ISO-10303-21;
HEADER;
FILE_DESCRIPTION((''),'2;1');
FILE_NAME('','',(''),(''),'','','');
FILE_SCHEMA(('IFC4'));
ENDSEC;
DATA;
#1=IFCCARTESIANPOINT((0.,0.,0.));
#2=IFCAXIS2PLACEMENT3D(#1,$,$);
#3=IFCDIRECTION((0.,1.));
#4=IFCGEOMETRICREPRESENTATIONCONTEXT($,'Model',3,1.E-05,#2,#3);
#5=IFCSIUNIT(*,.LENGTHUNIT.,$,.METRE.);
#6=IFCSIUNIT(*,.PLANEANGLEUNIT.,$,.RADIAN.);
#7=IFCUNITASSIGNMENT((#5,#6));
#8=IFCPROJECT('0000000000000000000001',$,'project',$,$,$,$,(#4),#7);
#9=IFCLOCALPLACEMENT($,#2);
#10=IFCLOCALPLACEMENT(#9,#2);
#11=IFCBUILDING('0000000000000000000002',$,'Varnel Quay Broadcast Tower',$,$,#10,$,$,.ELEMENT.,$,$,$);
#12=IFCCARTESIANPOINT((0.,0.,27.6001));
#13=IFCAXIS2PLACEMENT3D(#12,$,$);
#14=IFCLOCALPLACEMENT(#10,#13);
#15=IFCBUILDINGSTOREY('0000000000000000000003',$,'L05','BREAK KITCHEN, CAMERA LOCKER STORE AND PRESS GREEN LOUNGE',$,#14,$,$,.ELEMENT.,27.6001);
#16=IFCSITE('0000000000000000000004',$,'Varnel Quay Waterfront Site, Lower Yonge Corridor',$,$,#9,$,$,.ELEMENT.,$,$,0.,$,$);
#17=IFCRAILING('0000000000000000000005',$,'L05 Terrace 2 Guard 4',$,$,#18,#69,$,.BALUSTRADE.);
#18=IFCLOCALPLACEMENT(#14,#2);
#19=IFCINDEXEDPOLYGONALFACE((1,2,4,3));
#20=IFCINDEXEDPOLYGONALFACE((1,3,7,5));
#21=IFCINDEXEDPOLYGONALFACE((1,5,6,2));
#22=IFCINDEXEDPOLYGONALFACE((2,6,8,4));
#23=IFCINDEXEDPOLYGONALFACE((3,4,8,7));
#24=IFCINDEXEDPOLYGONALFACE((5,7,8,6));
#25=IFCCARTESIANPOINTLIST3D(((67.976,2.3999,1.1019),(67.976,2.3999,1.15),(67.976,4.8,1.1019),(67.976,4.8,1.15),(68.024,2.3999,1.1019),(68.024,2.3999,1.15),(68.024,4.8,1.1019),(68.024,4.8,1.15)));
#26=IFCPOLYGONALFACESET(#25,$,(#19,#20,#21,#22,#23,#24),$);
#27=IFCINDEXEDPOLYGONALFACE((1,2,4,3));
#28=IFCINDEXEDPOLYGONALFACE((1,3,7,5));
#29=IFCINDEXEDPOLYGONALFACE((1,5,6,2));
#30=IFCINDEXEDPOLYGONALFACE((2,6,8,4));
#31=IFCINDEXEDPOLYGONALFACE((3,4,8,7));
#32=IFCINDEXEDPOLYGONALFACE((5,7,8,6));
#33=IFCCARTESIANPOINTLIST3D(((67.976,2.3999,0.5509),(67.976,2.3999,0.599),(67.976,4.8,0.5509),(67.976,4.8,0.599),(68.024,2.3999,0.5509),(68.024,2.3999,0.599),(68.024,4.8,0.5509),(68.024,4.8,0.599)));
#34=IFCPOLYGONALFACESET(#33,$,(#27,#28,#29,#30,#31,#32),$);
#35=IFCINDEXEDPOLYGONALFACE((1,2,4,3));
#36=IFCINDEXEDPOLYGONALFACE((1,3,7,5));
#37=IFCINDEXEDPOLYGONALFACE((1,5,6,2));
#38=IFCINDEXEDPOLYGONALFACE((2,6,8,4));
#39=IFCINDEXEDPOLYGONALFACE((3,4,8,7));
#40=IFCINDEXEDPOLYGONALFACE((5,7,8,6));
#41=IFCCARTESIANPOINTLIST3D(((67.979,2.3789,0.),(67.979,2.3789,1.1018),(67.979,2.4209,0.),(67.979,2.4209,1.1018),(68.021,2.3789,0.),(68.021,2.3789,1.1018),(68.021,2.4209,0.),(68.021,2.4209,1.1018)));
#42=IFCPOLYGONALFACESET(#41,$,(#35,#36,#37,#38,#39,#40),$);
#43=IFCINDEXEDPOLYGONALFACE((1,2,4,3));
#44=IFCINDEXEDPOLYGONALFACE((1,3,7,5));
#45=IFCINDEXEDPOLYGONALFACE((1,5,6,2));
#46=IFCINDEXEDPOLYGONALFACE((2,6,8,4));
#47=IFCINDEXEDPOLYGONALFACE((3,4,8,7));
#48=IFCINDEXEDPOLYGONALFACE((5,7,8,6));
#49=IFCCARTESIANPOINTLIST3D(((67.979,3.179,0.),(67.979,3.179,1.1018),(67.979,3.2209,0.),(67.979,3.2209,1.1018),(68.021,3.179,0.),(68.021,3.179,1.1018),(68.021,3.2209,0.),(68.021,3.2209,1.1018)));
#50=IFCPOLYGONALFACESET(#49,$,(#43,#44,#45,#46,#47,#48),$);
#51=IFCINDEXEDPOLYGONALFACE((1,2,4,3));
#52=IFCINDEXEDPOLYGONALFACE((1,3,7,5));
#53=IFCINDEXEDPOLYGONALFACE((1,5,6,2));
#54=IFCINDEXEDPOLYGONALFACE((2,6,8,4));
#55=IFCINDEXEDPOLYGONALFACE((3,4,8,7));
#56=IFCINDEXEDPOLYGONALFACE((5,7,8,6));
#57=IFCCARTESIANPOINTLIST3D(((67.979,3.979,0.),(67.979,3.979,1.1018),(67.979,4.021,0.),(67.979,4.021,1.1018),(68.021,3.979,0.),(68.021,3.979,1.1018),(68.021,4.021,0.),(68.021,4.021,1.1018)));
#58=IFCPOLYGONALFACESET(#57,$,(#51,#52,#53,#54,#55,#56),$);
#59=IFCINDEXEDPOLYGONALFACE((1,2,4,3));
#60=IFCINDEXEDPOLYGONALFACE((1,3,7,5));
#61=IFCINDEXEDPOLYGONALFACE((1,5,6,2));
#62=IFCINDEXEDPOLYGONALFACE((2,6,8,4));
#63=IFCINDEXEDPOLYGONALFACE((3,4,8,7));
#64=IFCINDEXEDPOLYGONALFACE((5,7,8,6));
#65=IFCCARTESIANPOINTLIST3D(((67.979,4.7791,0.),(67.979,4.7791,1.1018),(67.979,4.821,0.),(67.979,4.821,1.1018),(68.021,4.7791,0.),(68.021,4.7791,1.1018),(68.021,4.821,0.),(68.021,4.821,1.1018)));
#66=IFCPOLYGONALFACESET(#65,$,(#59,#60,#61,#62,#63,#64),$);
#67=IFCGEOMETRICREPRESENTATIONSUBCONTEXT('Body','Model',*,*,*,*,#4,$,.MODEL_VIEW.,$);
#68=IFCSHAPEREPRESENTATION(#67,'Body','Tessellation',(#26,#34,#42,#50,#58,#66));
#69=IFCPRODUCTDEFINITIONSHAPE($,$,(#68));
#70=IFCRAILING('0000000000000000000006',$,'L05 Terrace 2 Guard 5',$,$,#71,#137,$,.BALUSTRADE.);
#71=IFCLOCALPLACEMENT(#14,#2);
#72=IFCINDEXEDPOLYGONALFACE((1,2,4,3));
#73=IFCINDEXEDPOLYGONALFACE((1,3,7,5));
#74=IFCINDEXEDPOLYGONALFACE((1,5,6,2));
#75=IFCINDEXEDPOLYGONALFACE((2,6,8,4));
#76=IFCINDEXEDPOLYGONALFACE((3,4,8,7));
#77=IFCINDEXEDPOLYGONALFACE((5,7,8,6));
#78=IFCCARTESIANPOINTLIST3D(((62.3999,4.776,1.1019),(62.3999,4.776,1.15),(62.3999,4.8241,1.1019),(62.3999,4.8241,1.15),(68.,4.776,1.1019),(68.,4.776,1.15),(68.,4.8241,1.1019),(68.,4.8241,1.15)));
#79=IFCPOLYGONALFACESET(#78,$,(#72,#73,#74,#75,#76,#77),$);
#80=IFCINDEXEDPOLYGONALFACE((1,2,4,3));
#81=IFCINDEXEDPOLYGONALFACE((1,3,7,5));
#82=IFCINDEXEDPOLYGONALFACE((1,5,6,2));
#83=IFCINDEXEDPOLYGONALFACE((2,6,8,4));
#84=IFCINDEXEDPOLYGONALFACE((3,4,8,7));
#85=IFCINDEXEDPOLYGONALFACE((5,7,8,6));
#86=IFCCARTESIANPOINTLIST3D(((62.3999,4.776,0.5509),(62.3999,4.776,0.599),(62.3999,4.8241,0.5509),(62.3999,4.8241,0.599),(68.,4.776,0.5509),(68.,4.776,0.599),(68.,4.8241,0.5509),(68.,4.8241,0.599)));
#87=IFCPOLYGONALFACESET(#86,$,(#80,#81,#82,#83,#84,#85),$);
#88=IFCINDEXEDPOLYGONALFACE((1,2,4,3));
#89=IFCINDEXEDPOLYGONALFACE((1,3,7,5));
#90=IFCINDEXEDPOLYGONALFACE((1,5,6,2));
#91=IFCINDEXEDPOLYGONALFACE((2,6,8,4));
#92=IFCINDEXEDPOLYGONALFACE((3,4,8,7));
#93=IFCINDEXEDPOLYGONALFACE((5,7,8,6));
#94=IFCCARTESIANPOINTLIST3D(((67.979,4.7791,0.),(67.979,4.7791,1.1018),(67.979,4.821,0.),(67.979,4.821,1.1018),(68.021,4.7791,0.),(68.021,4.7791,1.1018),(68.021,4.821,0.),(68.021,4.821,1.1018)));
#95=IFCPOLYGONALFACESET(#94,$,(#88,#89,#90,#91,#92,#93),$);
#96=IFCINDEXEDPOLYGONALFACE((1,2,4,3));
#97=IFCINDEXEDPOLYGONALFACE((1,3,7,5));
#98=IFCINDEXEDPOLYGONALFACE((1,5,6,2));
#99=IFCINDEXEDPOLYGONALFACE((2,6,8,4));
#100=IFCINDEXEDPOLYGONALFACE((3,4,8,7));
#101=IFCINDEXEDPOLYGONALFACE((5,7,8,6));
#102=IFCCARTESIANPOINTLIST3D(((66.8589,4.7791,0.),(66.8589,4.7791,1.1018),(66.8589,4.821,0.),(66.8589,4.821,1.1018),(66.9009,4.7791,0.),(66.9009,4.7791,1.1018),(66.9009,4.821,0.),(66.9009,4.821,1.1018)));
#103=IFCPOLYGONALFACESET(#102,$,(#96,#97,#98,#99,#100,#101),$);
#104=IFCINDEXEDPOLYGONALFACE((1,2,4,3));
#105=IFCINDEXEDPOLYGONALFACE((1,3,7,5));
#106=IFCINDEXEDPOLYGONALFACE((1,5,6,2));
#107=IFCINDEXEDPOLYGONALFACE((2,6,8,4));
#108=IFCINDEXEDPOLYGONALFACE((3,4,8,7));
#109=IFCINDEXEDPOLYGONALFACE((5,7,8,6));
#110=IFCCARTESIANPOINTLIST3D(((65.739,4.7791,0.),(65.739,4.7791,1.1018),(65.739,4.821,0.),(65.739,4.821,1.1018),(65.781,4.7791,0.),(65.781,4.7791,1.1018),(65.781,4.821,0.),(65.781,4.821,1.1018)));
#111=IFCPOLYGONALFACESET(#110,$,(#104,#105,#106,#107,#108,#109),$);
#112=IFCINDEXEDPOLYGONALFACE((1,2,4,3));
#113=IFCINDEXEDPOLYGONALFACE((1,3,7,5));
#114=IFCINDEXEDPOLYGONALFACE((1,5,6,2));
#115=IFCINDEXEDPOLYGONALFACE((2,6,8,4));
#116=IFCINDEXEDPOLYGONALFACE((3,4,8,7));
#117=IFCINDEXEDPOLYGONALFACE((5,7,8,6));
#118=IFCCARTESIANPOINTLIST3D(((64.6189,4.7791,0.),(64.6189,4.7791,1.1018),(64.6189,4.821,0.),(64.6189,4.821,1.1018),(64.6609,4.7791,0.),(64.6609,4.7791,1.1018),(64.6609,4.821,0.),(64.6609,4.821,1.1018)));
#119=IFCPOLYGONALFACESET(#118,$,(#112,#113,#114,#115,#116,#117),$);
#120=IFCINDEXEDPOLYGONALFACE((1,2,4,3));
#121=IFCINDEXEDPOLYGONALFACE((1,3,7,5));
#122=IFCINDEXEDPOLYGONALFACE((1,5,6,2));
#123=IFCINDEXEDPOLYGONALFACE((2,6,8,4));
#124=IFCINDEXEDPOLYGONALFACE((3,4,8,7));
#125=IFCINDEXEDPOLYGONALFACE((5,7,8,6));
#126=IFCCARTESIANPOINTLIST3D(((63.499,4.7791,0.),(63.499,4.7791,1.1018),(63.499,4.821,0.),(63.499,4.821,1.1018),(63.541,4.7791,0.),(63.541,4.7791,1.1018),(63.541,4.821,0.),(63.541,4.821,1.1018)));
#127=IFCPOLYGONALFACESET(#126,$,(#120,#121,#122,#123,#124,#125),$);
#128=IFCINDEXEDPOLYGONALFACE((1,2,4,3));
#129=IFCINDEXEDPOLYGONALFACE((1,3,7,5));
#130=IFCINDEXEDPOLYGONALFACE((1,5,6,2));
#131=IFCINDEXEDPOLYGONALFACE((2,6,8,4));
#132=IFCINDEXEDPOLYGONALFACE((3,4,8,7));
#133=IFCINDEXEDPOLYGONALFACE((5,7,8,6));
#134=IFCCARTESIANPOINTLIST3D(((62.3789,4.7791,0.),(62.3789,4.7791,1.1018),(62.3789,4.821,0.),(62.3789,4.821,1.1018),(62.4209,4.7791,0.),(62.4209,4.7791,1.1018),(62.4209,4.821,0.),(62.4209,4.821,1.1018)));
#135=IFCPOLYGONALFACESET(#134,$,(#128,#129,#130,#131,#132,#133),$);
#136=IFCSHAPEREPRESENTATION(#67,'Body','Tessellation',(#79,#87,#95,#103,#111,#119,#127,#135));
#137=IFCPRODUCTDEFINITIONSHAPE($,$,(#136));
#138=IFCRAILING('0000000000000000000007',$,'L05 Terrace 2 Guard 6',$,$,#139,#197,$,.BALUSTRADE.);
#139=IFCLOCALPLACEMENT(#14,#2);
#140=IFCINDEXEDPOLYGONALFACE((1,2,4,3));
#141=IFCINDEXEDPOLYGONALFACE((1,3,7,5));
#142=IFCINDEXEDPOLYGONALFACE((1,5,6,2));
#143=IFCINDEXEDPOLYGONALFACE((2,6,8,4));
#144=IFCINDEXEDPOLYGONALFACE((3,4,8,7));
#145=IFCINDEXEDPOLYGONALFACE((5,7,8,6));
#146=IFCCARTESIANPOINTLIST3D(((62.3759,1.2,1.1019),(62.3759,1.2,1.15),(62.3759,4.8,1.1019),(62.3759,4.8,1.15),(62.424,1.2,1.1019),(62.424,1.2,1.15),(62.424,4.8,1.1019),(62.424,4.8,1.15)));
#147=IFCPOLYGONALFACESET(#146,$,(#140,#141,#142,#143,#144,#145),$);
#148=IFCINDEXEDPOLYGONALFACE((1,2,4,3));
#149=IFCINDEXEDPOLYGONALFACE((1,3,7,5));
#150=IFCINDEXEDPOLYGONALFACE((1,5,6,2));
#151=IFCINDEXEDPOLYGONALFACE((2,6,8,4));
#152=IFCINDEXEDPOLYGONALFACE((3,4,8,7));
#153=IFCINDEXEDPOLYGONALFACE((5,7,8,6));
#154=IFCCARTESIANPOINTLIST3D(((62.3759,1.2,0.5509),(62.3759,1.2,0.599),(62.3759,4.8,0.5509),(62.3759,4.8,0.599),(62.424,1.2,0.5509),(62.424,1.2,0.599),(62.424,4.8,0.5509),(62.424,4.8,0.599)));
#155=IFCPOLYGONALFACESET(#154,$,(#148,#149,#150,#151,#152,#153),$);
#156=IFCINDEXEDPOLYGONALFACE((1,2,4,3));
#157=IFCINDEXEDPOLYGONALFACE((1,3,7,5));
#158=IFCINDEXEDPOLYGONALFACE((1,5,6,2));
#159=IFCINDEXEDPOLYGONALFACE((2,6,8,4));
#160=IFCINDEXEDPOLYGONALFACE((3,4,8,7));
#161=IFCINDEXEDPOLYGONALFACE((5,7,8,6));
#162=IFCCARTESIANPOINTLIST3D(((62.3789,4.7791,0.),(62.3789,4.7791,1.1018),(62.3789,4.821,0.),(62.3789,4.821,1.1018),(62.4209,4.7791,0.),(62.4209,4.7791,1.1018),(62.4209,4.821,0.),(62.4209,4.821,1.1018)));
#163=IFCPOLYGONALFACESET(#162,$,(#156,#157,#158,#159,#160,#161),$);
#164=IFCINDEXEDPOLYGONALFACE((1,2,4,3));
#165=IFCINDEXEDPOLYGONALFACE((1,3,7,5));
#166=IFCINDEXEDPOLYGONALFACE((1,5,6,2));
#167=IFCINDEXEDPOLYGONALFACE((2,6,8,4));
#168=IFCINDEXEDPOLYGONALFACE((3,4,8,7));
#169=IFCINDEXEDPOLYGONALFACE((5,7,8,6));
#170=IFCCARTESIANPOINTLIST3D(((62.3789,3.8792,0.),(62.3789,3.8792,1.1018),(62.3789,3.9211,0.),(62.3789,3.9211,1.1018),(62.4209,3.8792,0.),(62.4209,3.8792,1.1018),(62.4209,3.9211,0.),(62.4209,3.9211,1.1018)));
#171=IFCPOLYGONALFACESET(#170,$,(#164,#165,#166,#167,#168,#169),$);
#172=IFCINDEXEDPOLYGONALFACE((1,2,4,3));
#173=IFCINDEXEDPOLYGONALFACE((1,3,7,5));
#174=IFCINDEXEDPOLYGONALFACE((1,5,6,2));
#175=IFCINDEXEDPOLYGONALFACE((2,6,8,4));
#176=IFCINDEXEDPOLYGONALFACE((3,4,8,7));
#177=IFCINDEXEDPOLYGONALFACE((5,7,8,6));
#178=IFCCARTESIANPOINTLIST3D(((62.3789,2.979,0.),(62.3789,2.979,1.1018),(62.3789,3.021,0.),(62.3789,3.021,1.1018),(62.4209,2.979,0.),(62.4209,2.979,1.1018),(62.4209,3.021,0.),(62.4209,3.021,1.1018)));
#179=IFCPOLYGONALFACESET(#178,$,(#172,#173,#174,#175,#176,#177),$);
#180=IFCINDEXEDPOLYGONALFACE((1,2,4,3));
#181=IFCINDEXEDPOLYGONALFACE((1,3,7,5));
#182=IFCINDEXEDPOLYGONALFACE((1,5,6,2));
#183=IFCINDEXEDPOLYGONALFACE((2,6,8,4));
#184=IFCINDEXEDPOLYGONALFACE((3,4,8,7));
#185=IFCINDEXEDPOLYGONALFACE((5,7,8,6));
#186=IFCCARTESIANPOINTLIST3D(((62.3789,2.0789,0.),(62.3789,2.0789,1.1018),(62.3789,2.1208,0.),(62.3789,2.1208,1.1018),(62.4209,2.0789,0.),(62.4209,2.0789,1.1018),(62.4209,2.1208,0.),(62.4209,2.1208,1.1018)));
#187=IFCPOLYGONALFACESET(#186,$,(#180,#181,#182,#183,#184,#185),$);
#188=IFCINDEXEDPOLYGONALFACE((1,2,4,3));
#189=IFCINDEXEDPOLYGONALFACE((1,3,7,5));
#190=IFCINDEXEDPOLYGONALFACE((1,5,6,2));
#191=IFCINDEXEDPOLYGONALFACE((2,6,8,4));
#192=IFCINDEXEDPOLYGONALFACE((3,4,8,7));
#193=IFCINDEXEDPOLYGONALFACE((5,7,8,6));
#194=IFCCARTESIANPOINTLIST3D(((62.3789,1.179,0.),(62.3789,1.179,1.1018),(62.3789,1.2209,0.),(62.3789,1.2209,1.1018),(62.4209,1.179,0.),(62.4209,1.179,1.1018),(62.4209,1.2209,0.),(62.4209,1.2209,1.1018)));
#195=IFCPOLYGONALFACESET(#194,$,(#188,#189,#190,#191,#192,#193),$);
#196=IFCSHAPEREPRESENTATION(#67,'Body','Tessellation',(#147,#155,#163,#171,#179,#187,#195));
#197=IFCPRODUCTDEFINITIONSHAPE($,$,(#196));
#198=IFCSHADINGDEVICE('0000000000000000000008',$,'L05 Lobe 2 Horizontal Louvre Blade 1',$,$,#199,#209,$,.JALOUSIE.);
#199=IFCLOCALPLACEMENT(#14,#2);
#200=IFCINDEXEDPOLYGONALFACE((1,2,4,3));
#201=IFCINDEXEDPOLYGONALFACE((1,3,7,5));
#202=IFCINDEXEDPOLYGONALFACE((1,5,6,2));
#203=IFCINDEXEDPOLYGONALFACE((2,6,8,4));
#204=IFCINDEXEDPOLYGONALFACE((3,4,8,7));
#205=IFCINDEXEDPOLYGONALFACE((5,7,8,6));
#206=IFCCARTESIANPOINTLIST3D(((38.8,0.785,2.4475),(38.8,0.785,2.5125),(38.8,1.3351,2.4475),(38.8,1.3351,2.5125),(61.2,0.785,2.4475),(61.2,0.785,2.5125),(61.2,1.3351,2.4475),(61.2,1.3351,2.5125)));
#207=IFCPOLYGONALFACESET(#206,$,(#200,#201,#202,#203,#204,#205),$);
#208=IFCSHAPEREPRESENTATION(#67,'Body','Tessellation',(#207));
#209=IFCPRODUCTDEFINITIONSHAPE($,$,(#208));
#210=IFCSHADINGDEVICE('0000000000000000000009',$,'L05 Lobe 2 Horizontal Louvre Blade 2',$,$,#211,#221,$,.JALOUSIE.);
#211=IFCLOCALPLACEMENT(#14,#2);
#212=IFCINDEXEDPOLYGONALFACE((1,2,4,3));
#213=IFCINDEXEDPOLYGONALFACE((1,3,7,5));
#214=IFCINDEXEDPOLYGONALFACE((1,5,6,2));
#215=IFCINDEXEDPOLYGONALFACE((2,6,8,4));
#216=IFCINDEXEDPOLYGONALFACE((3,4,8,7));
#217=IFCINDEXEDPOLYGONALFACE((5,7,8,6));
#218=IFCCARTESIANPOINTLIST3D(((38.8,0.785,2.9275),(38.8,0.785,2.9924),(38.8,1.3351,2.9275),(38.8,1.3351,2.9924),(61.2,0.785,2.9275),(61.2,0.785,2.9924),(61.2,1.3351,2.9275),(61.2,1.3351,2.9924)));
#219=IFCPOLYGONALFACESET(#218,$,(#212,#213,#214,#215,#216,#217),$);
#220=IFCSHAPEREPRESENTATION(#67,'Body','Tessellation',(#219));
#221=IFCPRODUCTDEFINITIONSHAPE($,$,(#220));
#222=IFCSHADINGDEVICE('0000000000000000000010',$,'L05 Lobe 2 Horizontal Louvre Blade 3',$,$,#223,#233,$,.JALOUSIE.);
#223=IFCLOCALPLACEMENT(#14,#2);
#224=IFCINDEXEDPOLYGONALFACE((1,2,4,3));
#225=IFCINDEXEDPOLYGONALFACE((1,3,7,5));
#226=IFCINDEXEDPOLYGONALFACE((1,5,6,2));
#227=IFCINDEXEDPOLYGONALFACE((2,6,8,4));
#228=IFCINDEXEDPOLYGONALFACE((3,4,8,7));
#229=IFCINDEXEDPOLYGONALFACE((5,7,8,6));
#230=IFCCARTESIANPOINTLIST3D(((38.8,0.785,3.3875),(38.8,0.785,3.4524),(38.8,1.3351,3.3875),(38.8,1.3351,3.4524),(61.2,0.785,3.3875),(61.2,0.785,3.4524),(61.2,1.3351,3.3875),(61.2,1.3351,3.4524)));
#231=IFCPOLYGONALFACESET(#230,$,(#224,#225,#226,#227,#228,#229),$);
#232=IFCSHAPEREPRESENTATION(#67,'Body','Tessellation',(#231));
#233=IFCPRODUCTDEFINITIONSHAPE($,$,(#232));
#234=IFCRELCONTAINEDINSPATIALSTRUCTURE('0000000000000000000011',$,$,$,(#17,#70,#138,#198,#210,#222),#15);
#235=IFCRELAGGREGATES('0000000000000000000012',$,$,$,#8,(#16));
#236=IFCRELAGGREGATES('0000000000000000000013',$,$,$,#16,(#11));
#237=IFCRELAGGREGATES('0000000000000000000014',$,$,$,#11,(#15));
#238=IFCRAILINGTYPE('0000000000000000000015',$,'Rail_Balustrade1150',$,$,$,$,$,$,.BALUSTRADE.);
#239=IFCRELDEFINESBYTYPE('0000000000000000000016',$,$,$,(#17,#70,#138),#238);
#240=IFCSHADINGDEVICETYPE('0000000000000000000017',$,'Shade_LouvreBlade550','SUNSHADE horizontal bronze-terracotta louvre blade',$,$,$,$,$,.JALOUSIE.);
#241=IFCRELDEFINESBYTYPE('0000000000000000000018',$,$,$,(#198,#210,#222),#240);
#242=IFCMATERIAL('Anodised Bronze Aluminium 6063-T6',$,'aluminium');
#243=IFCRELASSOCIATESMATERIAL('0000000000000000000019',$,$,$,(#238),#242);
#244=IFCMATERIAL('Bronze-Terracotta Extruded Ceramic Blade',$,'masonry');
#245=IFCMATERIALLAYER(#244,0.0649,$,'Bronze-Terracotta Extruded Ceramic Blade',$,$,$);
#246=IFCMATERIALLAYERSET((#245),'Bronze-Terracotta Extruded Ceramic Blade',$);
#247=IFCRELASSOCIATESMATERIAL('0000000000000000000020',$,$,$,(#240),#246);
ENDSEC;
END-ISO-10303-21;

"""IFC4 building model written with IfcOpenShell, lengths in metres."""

from ifc_helpers import new_model, si_unit, direction, frame, origin, origin_2d, place, context, subcontext, project, spatial, rectangle, extrude, source, transform, mapped, material, layer, layer_set, type_object, type_shapes, element, save


model = new_model("IFC4")

# Units and contexts
model_context = context("Model", 3, precision=1e-05, world=origin(), true_north=direction((0.0, 1.0)))
body_context = subcontext(model_context, "Body", "Model", "MODEL_VIEW")
ifc_project = project(units=[si_unit("LENGTHUNIT", "METRE"), si_unit("PLANEANGLEUNIT", "RADIAN")], contexts=[model_context])

# Site, building, storey
site_placement = place(None, origin())
site = spatial("IfcSite", under=ifc_project, at=site_placement, Name="Varnel Quay Waterfront Site, Lower Yonge Corridor", CompositionType="ELEMENT", RefElevation=0.0)
building_placement = place(site_placement, origin())
building = spatial("IfcBuilding", under=site, at=building_placement, Name="Varnel Quay Broadcast Tower", CompositionType="ELEMENT")
storey_placement = place(building_placement, frame((0.0, 0.0, 27.6001)))
storey = spatial("IfcBuildingStorey", under=building, at=storey_placement, Name="L05", Description="BREAK KITCHEN, CAMERA LOCKER STORE AND PRESS GREEN LOUNGE", CompositionType="ELEMENT", Elevation=27.6001)

# Shared definitions
ifc_material_1 = material(Name="Anodised Bronze Aluminium 6063-T6", Category="aluminium")

# Railings
railing_type = type_object("IfcRailingType", Name="Rail_Balustrade1150", PredefinedType="BALUSTRADE", material=ifc_material_1)
railing_1_placement = place(storey_placement, frame((68.0, 2.3999, 0.0)))
element("IfcRailing", 1, at=railing_1_placement, inside=storey, type_object=railing_type, Name="L05 Terrace 2 Guard 4", PredefinedType="BALUSTRADE", context=body_context, shape_type="SweptSolid", body=[
    extrude(rectangle(XDim=0.0481, YDim=0.0481, at=origin_2d()), frame((0.0, 0.0, 1.126), z_axis=(0.0, 1.0, 0.0), x_axis=(-1.0, 0.0, 0.0)), (0.0, 0.0, 1.0), 2.4001),
    extrude(rectangle(XDim=0.0481, YDim=0.0481, at=origin_2d()), frame((0.0, 0.0, 0.575), z_axis=(0.0, 1.0, 0.0), x_axis=(-1.0, 0.0, 0.0)), (0.0, 0.0, 1.0), 2.4001),
    extrude(rectangle(XDim=0.042, YDim=0.042, at=origin_2d()), origin(), (0.0, 0.0, 1.0), 1.1018),
    extrude(rectangle(XDim=0.042, YDim=0.042, at=origin_2d()), frame((0.0, 0.8, 0.0)), (0.0, 0.0, 1.0), 1.1018),
    extrude(rectangle(XDim=0.042, YDim=0.042, at=origin_2d()), frame((0.0, 1.6001, 0.0)), (0.0, 0.0, 1.0), 1.1018),
    extrude(rectangle(XDim=0.042, YDim=0.042, at=origin_2d()), frame((0.0, 2.4001, 0.0)), (0.0, 0.0, 1.0), 1.1018),
])
railing_2_placement = place(storey_placement, frame((68.0, 4.8, 0.0)))
element("IfcRailing", 2, at=railing_2_placement, inside=storey, type_object=railing_type, Name="L05 Terrace 2 Guard 5", PredefinedType="BALUSTRADE", context=body_context, shape_type="SweptSolid", body=[
    extrude(rectangle(XDim=0.0481, YDim=0.0481, at=origin_2d()), frame((0.0, 0.0, 1.126), z_axis=(-1.0, 0.0, 0.0), x_axis=(0.0, -1.0, 0.0)), (0.0, 0.0, 1.0), 5.6001),
    extrude(rectangle(XDim=0.0481, YDim=0.0481, at=origin_2d()), frame((0.0, 0.0, 0.575), z_axis=(-1.0, 0.0, 0.0), x_axis=(0.0, -1.0, 0.0)), (0.0, 0.0, 1.0), 5.6001),
    extrude(rectangle(XDim=0.042, YDim=0.042, at=origin_2d()), origin(), (0.0, 0.0, 1.0), 1.1018),
    extrude(rectangle(XDim=0.042, YDim=0.042, at=origin_2d()), frame((-1.1201, 0.0, 0.0)), (0.0, 0.0, 1.0), 1.1018),
    extrude(rectangle(XDim=0.042, YDim=0.042, at=origin_2d()), frame((-2.24, 0.0, 0.0)), (0.0, 0.0, 1.0), 1.1018),
    extrude(rectangle(XDim=0.042, YDim=0.042, at=origin_2d()), frame((-3.3601, 0.0, 0.0)), (0.0, 0.0, 1.0), 1.1018),
    extrude(rectangle(XDim=0.042, YDim=0.042, at=origin_2d()), frame((-4.48, 0.0, 0.0)), (0.0, 0.0, 1.0), 1.1018),
    extrude(rectangle(XDim=0.042, YDim=0.042, at=origin_2d()), frame((-5.6001, 0.0, 0.0)), (0.0, 0.0, 1.0), 1.1018),
])
railing_3_placement = place(storey_placement, frame((62.3999, 4.8, 0.0)))
element("IfcRailing", 3, at=railing_3_placement, inside=storey, type_object=railing_type, Name="L05 Terrace 2 Guard 6", PredefinedType="BALUSTRADE", context=body_context, shape_type="SweptSolid", body=[
    extrude(rectangle(XDim=0.0481, YDim=0.0481, at=origin_2d()), frame((0.0, 0.0, 1.126), z_axis=(0.0, -1.0, 0.0), x_axis=(1.0, 0.0, 0.0)), (0.0, 0.0, 1.0), 3.6001),
    extrude(rectangle(XDim=0.0481, YDim=0.0481, at=origin_2d()), frame((0.0, 0.0, 0.575), z_axis=(0.0, -1.0, 0.0), x_axis=(1.0, 0.0, 0.0)), (0.0, 0.0, 1.0), 3.6001),
    extrude(rectangle(XDim=0.042, YDim=0.042, at=origin_2d()), origin(), (0.0, 0.0, 1.0), 1.1018),
    extrude(rectangle(XDim=0.042, YDim=0.042, at=origin_2d()), frame((0.0, -0.8999, 0.0)), (0.0, 0.0, 1.0), 1.1018),
    extrude(rectangle(XDim=0.042, YDim=0.042, at=origin_2d()), frame((0.0, -1.8, 0.0)), (0.0, 0.0, 1.0), 1.1018),
    extrude(rectangle(XDim=0.042, YDim=0.042, at=origin_2d()), frame((0.0, -2.7002, 0.0)), (0.0, 0.0, 1.0), 1.1018),
    extrude(rectangle(XDim=0.042, YDim=0.042, at=origin_2d()), frame((0.0, -3.6001, 0.0)), (0.0, 0.0, 1.0), 1.1018),
])

# Shading devices
ifc_material_2 = material(Name="Bronze-Terracotta Extruded Ceramic Blade", Category="masonry")
ifc_layer_1 = layer(ifc_material_2, 0.0649, Name="Bronze-Terracotta Extruded Ceramic Blade")
ifc_layer_set_1 = layer_set([ifc_layer_1], Name="Bronze-Terracotta Extruded Ceramic Blade")
shading_device_type = type_object("IfcShadingDeviceType", Name="Shade_LouvreBlade550", Description="SUNSHADE horizontal bronze-terracotta louvre blade", PredefinedType="JALOUSIE", material=ifc_layer_set_1)
shared_shape_1 = source(origin(), body_context, "Body", "SweptSolid", [
    extrude(rectangle(XDim=22.3999, YDim=0.55, at=origin_2d()), origin(), (0.0, 0.0, 1.0), 0.0649),
])
type_shapes(shading_device_type, [shared_shape_1])
for number, where, z_axis, x_axis, name in (
    (4, (50.0, 1.0601, 2.4475), (0.0, 0.0, 1.0), (1.0, 0.0, 0.0), "L05 Lobe 2 Horizontal Louvre Blade 1"),
    (5, (50.0, 1.0601, 2.9275), (0.0, 0.0, 1.0), (1.0, 0.0, 0.0), "L05 Lobe 2 Horizontal Louvre Blade 2"),
    (6, (50.0, 1.0601, 3.3875), (0.0, 0.0, 1.0), (1.0, 0.0, 0.0), "L05 Lobe 2 Horizontal Louvre Blade 3"),
):
    element("IfcShadingDevice", number, at=place(storey_placement, frame(where, z_axis=z_axis, x_axis=x_axis)), inside=storey, type_object=shading_device_type, Name=name, PredefinedType="JALOUSIE", context=body_context, shape_type="MappedRepresentation", body=[
        mapped(shared_shape_1, transform((0.0, 0.0, 0.0), x_axis=(1.0, 0.0, 0.0), y_axis=(0.0, 1.0, 0.0), z_axis=(0.0, 0.0, 1.0), scale=1.0)),
    ])

save(model, "model.ifc")
